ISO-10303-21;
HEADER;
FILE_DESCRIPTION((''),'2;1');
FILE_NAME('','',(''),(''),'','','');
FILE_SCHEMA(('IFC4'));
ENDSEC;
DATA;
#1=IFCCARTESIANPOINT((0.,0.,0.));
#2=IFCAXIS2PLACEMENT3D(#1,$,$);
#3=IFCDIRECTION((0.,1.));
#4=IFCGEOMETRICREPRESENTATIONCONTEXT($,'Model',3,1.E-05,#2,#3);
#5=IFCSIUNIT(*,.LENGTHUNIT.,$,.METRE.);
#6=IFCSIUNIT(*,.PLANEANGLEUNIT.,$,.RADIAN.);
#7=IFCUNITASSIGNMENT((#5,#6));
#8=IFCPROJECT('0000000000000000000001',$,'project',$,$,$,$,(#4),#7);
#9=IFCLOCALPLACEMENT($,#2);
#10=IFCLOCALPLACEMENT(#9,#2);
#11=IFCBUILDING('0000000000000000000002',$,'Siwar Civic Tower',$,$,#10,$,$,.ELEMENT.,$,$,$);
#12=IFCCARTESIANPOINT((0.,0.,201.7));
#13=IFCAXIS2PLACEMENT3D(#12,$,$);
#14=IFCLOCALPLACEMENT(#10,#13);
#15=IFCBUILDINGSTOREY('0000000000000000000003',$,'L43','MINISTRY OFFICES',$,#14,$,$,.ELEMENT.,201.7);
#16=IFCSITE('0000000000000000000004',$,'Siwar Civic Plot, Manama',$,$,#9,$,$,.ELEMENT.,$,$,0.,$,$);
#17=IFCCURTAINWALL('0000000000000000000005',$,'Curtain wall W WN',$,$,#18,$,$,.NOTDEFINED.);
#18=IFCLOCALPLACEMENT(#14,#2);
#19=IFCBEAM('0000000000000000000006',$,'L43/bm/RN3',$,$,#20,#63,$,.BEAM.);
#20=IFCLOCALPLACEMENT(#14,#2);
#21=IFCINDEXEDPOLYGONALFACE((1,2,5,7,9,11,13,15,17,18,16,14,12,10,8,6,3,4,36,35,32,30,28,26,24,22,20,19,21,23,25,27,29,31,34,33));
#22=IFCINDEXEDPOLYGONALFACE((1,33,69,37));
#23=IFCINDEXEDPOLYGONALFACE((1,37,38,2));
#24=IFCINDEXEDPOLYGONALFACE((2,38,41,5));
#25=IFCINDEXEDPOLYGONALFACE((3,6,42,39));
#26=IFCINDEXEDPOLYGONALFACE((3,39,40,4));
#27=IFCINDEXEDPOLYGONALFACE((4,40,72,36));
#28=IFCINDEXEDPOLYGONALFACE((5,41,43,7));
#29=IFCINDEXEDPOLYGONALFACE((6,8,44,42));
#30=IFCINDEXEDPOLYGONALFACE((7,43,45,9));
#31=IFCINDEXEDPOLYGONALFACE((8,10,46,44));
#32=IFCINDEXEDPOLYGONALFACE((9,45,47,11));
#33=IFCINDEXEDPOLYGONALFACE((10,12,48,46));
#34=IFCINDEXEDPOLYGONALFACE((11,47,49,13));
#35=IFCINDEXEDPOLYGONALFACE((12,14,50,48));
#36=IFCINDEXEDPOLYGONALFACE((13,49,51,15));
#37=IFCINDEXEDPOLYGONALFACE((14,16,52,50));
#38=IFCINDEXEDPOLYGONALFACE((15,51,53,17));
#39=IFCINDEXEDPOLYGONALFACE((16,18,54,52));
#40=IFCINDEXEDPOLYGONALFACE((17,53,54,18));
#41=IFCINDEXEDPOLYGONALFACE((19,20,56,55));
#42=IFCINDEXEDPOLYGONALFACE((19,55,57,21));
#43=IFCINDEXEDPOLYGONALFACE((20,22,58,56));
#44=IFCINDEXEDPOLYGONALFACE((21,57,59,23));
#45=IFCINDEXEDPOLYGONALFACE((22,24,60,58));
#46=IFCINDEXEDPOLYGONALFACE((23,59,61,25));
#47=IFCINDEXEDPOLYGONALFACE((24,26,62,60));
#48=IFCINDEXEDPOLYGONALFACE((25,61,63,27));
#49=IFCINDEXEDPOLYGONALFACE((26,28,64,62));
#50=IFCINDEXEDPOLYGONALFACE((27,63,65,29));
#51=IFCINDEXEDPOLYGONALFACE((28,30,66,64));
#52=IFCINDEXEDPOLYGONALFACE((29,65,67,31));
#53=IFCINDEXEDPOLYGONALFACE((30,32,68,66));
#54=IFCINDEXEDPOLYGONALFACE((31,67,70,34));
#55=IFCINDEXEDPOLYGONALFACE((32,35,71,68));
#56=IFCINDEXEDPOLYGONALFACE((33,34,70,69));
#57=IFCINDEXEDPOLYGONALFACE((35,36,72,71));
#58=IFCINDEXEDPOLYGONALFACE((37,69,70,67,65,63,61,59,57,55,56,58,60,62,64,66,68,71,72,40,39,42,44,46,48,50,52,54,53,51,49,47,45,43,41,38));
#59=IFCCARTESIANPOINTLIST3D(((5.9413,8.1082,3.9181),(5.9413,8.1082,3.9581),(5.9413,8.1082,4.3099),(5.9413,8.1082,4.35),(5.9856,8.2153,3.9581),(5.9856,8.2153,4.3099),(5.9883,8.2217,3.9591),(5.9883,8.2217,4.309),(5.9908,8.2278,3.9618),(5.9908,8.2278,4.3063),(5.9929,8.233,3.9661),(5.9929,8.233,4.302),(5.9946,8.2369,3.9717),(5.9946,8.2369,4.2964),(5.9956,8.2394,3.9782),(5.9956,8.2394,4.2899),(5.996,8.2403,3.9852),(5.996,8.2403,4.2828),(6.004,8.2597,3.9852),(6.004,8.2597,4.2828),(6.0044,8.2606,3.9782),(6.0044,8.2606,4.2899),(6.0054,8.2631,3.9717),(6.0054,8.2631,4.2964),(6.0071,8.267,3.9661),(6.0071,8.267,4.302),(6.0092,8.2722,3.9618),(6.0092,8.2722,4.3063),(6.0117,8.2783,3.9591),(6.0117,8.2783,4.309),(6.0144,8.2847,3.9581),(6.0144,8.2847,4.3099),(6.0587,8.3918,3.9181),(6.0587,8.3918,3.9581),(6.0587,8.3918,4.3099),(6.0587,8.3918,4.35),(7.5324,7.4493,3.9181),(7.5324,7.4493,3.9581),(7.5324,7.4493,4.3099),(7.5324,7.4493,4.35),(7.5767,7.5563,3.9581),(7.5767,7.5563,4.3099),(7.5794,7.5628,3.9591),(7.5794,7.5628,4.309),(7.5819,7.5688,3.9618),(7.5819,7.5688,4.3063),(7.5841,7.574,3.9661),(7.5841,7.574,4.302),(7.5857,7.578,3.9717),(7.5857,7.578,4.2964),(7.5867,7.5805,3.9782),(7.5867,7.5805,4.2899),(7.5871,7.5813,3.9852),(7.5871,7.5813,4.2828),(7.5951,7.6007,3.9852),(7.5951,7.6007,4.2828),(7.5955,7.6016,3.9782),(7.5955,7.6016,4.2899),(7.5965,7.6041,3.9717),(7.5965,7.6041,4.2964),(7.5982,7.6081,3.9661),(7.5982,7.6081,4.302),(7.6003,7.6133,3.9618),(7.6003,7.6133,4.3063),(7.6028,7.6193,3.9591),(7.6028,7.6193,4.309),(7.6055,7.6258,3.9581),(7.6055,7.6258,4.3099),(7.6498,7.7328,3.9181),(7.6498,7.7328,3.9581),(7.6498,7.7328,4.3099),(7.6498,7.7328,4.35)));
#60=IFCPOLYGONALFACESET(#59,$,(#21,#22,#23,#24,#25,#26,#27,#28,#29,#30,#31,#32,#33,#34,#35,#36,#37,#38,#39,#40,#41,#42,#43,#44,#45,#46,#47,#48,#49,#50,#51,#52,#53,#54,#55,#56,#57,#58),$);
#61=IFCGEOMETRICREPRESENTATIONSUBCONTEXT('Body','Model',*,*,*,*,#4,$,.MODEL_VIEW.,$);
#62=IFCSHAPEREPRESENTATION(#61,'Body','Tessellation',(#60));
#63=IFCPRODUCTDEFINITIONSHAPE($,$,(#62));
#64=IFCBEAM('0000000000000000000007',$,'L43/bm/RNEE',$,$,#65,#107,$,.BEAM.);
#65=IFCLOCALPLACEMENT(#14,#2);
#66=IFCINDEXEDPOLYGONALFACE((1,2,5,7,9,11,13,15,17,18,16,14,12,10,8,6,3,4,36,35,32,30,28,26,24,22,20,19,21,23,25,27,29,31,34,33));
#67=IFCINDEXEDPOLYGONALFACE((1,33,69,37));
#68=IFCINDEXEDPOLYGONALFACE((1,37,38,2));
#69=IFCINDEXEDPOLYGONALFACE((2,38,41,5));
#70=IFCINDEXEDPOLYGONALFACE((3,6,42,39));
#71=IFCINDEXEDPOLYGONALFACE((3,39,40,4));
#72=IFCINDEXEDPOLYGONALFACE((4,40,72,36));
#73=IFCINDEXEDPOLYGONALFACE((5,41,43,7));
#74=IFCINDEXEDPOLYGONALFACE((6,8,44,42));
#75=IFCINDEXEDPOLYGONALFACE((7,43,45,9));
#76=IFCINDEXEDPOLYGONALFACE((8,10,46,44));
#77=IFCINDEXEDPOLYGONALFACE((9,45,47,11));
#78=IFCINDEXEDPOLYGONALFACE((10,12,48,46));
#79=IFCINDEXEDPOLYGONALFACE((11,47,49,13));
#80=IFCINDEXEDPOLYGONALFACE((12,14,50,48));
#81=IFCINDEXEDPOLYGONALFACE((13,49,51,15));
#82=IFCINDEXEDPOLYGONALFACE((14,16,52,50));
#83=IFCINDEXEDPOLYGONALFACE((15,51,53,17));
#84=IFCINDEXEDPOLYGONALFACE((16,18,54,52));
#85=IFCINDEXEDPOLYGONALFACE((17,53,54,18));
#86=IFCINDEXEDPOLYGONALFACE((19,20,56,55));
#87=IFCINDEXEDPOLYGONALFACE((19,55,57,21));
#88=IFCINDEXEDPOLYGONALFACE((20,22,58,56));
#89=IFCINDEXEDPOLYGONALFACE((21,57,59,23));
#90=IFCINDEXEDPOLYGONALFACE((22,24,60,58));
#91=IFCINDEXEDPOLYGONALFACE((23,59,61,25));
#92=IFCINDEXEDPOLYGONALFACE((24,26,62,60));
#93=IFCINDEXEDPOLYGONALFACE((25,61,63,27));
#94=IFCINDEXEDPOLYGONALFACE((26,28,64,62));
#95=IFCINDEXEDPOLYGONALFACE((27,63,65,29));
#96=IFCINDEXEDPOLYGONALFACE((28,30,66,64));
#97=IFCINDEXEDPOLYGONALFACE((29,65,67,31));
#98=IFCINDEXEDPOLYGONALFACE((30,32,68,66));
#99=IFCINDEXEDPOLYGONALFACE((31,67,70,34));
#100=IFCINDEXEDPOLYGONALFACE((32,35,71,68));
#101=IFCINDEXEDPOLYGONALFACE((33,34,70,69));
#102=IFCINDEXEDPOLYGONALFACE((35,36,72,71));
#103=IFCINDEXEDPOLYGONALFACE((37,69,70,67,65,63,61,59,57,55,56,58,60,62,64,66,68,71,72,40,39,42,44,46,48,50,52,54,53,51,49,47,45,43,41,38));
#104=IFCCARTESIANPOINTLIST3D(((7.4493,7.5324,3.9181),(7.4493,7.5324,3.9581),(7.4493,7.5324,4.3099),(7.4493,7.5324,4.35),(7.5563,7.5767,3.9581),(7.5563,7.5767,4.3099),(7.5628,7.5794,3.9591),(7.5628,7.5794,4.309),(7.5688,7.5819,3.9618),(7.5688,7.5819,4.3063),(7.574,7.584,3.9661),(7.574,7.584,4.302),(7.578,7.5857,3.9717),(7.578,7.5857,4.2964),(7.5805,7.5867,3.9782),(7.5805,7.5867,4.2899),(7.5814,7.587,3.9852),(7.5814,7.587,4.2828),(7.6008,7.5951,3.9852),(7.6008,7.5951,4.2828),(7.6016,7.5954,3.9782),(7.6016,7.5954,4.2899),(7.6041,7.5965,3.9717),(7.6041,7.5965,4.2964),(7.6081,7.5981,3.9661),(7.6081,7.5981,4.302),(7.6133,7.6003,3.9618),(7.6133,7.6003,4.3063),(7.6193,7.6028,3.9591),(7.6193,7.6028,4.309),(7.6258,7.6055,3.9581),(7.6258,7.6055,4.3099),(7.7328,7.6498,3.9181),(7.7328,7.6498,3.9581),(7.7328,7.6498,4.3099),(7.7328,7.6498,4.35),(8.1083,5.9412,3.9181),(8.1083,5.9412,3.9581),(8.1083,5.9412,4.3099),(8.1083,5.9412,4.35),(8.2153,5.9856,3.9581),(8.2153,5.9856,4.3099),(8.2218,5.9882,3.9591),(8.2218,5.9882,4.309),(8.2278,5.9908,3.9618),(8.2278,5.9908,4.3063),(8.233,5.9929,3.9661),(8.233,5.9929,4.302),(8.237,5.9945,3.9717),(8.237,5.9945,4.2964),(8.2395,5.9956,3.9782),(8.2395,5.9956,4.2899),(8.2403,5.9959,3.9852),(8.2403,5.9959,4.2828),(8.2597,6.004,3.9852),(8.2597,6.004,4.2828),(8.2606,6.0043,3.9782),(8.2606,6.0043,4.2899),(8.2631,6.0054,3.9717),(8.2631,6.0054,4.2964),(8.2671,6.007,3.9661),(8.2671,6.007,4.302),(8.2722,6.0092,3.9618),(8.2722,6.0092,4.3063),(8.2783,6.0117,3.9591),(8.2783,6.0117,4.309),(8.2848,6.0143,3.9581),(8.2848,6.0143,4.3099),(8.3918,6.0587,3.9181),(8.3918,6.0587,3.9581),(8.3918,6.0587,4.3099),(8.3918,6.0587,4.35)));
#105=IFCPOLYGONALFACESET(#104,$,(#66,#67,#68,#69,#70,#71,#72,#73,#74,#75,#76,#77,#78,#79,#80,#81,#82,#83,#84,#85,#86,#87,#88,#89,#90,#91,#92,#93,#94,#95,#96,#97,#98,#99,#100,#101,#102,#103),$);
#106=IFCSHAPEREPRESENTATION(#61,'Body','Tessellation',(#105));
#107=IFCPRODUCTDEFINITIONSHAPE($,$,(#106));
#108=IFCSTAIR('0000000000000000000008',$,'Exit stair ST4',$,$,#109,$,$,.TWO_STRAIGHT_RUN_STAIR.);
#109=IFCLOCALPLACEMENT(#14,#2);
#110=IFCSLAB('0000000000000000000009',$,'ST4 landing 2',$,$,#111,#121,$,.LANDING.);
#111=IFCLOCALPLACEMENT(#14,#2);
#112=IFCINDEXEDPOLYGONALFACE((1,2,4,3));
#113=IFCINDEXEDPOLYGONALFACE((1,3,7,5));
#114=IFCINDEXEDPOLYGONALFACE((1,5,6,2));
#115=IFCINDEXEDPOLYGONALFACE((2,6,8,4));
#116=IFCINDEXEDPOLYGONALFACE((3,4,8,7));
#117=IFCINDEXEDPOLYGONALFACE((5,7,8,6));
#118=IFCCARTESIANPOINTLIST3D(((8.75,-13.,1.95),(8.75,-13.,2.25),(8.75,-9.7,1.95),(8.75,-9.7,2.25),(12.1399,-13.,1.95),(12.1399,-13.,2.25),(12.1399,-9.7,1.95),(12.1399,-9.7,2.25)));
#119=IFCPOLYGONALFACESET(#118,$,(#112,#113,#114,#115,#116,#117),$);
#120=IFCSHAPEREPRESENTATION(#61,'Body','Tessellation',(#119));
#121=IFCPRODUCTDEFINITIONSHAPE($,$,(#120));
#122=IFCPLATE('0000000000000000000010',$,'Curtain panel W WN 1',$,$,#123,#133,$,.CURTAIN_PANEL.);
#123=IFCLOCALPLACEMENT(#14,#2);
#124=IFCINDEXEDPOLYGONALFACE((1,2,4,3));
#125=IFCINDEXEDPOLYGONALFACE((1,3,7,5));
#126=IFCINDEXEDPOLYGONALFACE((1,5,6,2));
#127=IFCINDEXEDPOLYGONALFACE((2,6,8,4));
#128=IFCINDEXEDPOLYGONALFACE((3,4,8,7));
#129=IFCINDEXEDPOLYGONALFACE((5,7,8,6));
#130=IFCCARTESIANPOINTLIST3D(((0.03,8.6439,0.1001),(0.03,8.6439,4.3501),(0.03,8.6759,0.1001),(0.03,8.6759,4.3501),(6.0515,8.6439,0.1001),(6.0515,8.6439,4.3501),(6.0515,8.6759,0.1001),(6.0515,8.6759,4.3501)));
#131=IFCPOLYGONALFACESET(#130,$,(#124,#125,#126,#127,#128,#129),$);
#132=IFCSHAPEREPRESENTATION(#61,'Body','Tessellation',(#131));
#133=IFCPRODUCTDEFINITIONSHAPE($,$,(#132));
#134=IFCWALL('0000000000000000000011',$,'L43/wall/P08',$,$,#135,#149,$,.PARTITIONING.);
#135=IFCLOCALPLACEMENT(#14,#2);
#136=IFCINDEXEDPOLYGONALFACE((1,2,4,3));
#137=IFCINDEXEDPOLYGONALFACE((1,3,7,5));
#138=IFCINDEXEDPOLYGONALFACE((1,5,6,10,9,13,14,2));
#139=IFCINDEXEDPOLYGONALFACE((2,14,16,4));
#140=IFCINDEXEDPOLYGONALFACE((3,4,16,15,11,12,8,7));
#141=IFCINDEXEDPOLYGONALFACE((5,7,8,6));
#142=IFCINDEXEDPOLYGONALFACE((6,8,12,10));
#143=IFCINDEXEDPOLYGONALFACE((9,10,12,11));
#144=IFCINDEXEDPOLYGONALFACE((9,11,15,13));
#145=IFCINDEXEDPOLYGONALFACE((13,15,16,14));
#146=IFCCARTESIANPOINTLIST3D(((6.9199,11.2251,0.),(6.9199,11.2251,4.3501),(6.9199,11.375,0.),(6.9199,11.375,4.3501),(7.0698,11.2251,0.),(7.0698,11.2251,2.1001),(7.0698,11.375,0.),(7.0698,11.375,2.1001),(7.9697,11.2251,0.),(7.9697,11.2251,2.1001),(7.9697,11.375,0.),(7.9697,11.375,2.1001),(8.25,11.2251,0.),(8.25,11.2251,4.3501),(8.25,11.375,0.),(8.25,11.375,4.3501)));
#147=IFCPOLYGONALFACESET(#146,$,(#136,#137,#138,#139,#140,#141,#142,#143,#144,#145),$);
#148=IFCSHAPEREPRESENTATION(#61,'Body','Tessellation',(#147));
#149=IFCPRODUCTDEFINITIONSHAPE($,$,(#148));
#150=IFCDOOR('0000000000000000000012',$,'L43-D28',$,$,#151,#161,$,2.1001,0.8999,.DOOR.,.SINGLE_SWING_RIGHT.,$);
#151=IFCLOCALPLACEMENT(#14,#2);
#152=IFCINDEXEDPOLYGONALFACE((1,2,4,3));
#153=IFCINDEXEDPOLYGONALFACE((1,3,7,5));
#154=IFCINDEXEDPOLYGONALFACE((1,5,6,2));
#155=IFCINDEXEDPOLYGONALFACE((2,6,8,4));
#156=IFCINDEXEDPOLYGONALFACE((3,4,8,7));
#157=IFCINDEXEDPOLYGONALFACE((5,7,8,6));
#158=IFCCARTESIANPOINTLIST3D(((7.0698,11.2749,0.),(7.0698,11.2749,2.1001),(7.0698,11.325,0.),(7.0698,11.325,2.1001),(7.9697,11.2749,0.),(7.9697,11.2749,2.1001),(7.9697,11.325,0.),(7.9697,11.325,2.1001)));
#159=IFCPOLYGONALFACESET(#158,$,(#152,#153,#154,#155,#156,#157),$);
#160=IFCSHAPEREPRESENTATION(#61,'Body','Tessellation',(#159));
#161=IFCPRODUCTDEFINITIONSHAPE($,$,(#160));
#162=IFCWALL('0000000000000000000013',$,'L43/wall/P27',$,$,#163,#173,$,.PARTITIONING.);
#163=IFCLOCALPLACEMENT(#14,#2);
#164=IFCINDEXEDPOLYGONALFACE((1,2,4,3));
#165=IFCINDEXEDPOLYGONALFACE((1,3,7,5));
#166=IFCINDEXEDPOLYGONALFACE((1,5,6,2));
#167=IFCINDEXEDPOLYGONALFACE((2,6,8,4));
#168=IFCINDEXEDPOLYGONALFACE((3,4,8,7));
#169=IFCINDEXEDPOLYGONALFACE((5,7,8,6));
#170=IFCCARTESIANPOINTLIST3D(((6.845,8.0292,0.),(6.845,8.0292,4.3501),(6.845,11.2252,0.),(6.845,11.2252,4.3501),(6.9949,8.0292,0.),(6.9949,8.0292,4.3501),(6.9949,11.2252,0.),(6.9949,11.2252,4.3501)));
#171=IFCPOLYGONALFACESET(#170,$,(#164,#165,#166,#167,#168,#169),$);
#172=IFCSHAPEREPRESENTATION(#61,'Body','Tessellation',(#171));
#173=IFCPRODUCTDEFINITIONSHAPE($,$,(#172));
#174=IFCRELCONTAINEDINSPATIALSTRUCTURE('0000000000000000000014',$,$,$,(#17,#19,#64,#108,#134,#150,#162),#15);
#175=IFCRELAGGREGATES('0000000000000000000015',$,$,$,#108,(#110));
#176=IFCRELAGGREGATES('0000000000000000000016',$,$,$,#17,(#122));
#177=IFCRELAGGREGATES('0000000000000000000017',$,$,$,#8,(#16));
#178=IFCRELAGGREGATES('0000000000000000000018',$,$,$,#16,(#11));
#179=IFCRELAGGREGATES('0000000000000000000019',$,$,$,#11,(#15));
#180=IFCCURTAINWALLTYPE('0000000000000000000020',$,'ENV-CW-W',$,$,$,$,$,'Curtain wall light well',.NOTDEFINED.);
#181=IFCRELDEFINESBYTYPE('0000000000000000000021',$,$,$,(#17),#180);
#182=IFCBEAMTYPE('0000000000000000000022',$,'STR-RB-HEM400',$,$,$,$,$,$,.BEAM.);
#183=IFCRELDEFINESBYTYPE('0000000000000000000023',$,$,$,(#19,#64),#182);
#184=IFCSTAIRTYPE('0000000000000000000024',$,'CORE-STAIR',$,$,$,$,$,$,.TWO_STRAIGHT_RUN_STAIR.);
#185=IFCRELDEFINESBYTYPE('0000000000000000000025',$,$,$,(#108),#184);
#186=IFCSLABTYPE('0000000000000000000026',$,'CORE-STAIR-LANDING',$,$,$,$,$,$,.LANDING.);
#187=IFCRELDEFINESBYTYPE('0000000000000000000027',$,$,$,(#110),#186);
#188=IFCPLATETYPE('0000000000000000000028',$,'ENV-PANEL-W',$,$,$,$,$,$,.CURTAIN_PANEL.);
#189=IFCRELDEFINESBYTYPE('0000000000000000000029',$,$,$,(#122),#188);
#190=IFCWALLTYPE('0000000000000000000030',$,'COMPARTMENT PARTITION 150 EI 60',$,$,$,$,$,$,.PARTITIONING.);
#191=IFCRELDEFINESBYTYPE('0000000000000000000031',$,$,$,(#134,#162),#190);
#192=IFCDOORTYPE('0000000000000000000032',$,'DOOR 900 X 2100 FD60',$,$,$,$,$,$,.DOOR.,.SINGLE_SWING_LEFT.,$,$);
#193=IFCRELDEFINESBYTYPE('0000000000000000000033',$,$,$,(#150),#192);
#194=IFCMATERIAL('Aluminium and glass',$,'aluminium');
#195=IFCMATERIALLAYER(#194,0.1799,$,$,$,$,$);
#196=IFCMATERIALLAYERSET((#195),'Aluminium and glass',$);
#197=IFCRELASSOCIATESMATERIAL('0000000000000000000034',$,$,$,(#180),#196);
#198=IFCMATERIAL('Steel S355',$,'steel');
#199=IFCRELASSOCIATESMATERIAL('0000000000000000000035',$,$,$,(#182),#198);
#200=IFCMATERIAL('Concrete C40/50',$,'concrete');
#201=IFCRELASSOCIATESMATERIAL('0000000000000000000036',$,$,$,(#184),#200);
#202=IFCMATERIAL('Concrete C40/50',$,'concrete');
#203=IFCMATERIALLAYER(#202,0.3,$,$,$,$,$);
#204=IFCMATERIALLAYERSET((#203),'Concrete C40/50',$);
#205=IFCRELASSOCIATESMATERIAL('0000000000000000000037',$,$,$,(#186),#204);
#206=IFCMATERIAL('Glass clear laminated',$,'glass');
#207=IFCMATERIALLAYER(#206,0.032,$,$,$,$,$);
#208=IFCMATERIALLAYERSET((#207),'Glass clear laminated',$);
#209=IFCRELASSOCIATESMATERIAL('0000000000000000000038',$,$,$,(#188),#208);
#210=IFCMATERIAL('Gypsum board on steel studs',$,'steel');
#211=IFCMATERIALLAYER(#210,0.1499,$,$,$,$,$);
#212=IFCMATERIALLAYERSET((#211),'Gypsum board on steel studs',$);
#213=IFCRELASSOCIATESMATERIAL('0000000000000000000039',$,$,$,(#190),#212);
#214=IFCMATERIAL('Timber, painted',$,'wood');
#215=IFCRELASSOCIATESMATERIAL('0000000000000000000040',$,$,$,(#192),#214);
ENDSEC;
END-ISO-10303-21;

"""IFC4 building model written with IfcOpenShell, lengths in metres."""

from ifc_helpers import new_model, si_unit, direction, frame, frame_2d, origin, origin_2d, place, context, subcontext, project, spatial, polyline, rectangle, i_section, outline, extrude, material, layer, layer_set, material_profile, profile_set, type_object, element, fill, aggregate, save


model = new_model("IFC4")

# Units and contexts
model_context = context("Model", 3, precision=1e-05, world=origin(), true_north=direction((0.0, 1.0)))
body_context = subcontext(model_context, "Body", "Model", "MODEL_VIEW")
ifc_project = project(units=[si_unit("LENGTHUNIT", "METRE"), si_unit("PLANEANGLEUNIT", "RADIAN")], contexts=[model_context])

# Site, building, storey
site_placement = place(None, origin())
site = spatial("IfcSite", under=ifc_project, at=site_placement, Name="Siwar Civic Plot, Manama", CompositionType="ELEMENT", RefElevation=0.0)
building_placement = place(site_placement, origin())
building = spatial("IfcBuilding", under=site, at=building_placement, Name="Siwar Civic Tower", CompositionType="ELEMENT")
storey_placement = place(building_placement, frame((0.0, 0.0, 201.7)))
storey = spatial("IfcBuildingStorey", under=building, at=storey_placement, Name="L43", Description="MINISTRY OFFICES", CompositionType="ELEMENT", Elevation=201.7)

# Curtain wall
ifc_material_1 = material(Name="Aluminium and glass", Category="aluminium")
ifc_layer_1 = layer(ifc_material_1, 0.1799)
ifc_layer_set_1 = layer_set([ifc_layer_1], Name="Aluminium and glass")
curtain_wall_type = type_object("IfcCurtainWallType", Name="ENV-CW-W", ElementType="Curtain wall light well", PredefinedType="NOTDEFINED", material=ifc_layer_set_1)
curtain_wall_placement = place(storey_placement, origin())
curtain_wall = element("IfcCurtainWall", 1, at=curtain_wall_placement, inside=storey, type_object=curtain_wall_type, Name="Curtain wall W WN", PredefinedType="NOTDEFINED")

# Beams
ifc_material_2 = material(Name="Steel S355", Category="steel")
ifc_material_profile_1 = material_profile(ifc_material_2, i_section(OverallWidth=0.3069, OverallDepth=0.4319, WebThickness=0.021, FlangeThickness=0.04, FilletRadius=0.0271, at=origin_2d()), Name="HEM400")
ifc_profile_set_1 = profile_set([ifc_material_profile_1], Name="Steel S355")
beam_type_1 = type_object("IfcBeamType", Name="STR-RB-HEM400", PredefinedType="BEAM", material=ifc_profile_set_1)
for number, where, z_axis, x_axis, name in (
    (2, (6.0, 8.25, 4.134), (0.923901, -0.382631, 0.0), (0.382631, 0.923901, 0.0), "L43/bm/RN3"),
    (3, (7.5911, 7.5911, 4.134), (0.382631, -0.923901, 0.0), (0.923901, 0.382631, 0.0), "L43/bm/RNEE"),
):
    element("IfcBeam", number, at=place(storey_placement, frame(where, z_axis=z_axis, x_axis=x_axis)), inside=storey, type_object=beam_type_1, Name=name, PredefinedType="BEAM", context=body_context, shape_type="SweptSolid", body=[
        extrude(i_section(OverallWidth=0.3069, OverallDepth=0.4319, WebThickness=0.021, FlangeThickness=0.04, FilletRadius=0.0271, at=origin_2d()), origin(), (0.0, 0.0, 1.0), 1.7222),
    ])

# Stair, slab
ifc_material_3 = material(Name="Concrete C40/50", Category="concrete")
stair_type = type_object("IfcStairType", Name="CORE-STAIR", PredefinedType="TWO_STRAIGHT_RUN_STAIR", material=ifc_material_3)
stair_1_placement = place(storey_placement, origin())
stair_1 = element("IfcStair", 4, at=stair_1_placement, inside=storey, type_object=stair_type, Name="Exit stair ST4", PredefinedType="TWO_STRAIGHT_RUN_STAIR")
ifc_material_4 = material(Name="Concrete C40/50", Category="concrete")
ifc_layer_2 = layer(ifc_material_4, 0.3)
ifc_layer_set_2 = layer_set([ifc_layer_2], Name="Concrete C40/50")
slab_type_1 = type_object("IfcSlabType", Name="CORE-STAIR-LANDING", PredefinedType="LANDING", material=ifc_layer_set_2)
slab_1_placement = place(storey_placement, frame((0.0, 0.0, 1.95)))
slab_1 = element("IfcSlab", 5, at=slab_1_placement, type_object=slab_type_1, Name="ST4 landing 2", PredefinedType="LANDING", context=body_context, shape_type="SweptSolid", body=[
    extrude(outline(polyline([(8.75, -13.0), (12.1399, -13.0), (12.1399, -9.7), (8.75, -9.7), (8.75, -13.0)])), origin(), (0.0, 0.0, 1.0), 0.3),
])
aggregate(stair_1, [slab_1])

# Plate
ifc_material_5 = material(Name="Glass clear laminated", Category="glass")
ifc_layer_3 = layer(ifc_material_5, 0.032)
ifc_layer_set_3 = layer_set([ifc_layer_3], Name="Glass clear laminated")
plate_type = type_object("IfcPlateType", Name="ENV-PANEL-W", PredefinedType="CURTAIN_PANEL", material=ifc_layer_set_3)
plate_placement = place(storey_placement, frame((3.0408, 8.6599, 0.1001), z_axis=(0.0, 0.0, 1.0), x_axis=(-1.0, 0.0, 0.0)))
plate = element("IfcPlate", 6, at=plate_placement, type_object=plate_type, Name="Curtain panel W WN 1", PredefinedType="CURTAIN_PANEL", context=body_context, shape_type="SweptSolid", body=[
    extrude(rectangle(XDim=6.0215, YDim=0.032, at=origin_2d()), origin(), (0.0, 0.0, 1.0), 4.25),
])
aggregate(curtain_wall, [plate])

# Wall, opening, door
ifc_material_6 = material(Name="Gypsum board on steel studs", Category="steel")
ifc_layer_4 = layer(ifc_material_6, 0.1499)
ifc_layer_set_4 = layer_set([ifc_layer_4], Name="Gypsum board on steel studs")
wall_type_1 = type_object("IfcWallType", Name="COMPARTMENT PARTITION 150 EI 60", PredefinedType="PARTITIONING", material=ifc_layer_set_4)
wall_1_placement = place(storey_placement, frame((6.9199, 11.3, 0.0), z_axis=(0.0, 0.0, 1.0), x_axis=(1.0, 0.0, 0.0)))
wall_1 = element("IfcWall", 7, at=wall_1_placement, inside=storey, type_object=wall_type_1, Name="L43/wall/P08", PredefinedType="PARTITIONING", context=body_context, shape_type="SweptSolid", body=[
    extrude(rectangle(XDim=1.3301, YDim=0.1499, at=frame_2d((0.665, 0.0))), origin(), (0.0, 0.0, 1.0), 4.3501),
])
opening_1_placement = place(wall_1_placement, frame((0.1499, 0.0, 0.0)))
opening_1 = element("IfcOpeningElement", 8, at=opening_1_placement, cuts=wall_1, PredefinedType="OPENING", context=body_context, shape_type="SweptSolid", body=[
    extrude(rectangle(XDim=0.8999, YDim=2.1001, at=frame_2d((0.45, 1.05))), frame((0.0, 0.085, 0.0), z_axis=(0.0, -1.0, 0.0), x_axis=(1.0, 0.0, 0.0)), (0.0, 0.0, 1.0), 0.1699),
])
ifc_material_7 = material(Name="Timber, painted", Category="wood")
door_type_1 = type_object("IfcDoorType", Name="DOOR 900 X 2100 FD60", OperationType="SINGLE_SWING_LEFT", PredefinedType="DOOR", material=ifc_material_7)
door_1_placement = place(opening_1_placement, origin())
door_1 = element("IfcDoor", 9, at=door_1_placement, inside=storey, type_object=door_type_1, Name="L43-D28", OperationType="SINGLE_SWING_RIGHT", OverallHeight=2.1001, OverallWidth=0.8999, PredefinedType="DOOR", context=body_context, shape_type="SweptSolid", body=[
    extrude(rectangle(XDim=0.8999, YDim=2.1001, at=frame_2d((0.45, 1.05))), frame((0.0, 0.0249, 0.0), z_axis=(0.0, -1.0, 0.0), x_axis=(1.0, 0.0, 0.0)), (0.0, 0.0, 1.0), 0.05),
])
fill(opening_1, door_1)

# Wall
wall_2_placement = place(storey_placement, frame((6.9199, 8.0291, 0.0), z_axis=(0.0, 0.0, 1.0), x_axis=(0.0, 1.0, 0.0)))
element("IfcWall", 10, at=wall_2_placement, inside=storey, type_object=wall_type_1, Name="L43/wall/P27", PredefinedType="PARTITIONING", context=body_context, shape_type="SweptSolid", body=[
    extrude(rectangle(XDim=3.196, YDim=0.1499, at=frame_2d((1.5981, 0.0))), origin(), (0.0, 0.0, 1.0), 4.3501),
])

save(model, "model.ifc")
